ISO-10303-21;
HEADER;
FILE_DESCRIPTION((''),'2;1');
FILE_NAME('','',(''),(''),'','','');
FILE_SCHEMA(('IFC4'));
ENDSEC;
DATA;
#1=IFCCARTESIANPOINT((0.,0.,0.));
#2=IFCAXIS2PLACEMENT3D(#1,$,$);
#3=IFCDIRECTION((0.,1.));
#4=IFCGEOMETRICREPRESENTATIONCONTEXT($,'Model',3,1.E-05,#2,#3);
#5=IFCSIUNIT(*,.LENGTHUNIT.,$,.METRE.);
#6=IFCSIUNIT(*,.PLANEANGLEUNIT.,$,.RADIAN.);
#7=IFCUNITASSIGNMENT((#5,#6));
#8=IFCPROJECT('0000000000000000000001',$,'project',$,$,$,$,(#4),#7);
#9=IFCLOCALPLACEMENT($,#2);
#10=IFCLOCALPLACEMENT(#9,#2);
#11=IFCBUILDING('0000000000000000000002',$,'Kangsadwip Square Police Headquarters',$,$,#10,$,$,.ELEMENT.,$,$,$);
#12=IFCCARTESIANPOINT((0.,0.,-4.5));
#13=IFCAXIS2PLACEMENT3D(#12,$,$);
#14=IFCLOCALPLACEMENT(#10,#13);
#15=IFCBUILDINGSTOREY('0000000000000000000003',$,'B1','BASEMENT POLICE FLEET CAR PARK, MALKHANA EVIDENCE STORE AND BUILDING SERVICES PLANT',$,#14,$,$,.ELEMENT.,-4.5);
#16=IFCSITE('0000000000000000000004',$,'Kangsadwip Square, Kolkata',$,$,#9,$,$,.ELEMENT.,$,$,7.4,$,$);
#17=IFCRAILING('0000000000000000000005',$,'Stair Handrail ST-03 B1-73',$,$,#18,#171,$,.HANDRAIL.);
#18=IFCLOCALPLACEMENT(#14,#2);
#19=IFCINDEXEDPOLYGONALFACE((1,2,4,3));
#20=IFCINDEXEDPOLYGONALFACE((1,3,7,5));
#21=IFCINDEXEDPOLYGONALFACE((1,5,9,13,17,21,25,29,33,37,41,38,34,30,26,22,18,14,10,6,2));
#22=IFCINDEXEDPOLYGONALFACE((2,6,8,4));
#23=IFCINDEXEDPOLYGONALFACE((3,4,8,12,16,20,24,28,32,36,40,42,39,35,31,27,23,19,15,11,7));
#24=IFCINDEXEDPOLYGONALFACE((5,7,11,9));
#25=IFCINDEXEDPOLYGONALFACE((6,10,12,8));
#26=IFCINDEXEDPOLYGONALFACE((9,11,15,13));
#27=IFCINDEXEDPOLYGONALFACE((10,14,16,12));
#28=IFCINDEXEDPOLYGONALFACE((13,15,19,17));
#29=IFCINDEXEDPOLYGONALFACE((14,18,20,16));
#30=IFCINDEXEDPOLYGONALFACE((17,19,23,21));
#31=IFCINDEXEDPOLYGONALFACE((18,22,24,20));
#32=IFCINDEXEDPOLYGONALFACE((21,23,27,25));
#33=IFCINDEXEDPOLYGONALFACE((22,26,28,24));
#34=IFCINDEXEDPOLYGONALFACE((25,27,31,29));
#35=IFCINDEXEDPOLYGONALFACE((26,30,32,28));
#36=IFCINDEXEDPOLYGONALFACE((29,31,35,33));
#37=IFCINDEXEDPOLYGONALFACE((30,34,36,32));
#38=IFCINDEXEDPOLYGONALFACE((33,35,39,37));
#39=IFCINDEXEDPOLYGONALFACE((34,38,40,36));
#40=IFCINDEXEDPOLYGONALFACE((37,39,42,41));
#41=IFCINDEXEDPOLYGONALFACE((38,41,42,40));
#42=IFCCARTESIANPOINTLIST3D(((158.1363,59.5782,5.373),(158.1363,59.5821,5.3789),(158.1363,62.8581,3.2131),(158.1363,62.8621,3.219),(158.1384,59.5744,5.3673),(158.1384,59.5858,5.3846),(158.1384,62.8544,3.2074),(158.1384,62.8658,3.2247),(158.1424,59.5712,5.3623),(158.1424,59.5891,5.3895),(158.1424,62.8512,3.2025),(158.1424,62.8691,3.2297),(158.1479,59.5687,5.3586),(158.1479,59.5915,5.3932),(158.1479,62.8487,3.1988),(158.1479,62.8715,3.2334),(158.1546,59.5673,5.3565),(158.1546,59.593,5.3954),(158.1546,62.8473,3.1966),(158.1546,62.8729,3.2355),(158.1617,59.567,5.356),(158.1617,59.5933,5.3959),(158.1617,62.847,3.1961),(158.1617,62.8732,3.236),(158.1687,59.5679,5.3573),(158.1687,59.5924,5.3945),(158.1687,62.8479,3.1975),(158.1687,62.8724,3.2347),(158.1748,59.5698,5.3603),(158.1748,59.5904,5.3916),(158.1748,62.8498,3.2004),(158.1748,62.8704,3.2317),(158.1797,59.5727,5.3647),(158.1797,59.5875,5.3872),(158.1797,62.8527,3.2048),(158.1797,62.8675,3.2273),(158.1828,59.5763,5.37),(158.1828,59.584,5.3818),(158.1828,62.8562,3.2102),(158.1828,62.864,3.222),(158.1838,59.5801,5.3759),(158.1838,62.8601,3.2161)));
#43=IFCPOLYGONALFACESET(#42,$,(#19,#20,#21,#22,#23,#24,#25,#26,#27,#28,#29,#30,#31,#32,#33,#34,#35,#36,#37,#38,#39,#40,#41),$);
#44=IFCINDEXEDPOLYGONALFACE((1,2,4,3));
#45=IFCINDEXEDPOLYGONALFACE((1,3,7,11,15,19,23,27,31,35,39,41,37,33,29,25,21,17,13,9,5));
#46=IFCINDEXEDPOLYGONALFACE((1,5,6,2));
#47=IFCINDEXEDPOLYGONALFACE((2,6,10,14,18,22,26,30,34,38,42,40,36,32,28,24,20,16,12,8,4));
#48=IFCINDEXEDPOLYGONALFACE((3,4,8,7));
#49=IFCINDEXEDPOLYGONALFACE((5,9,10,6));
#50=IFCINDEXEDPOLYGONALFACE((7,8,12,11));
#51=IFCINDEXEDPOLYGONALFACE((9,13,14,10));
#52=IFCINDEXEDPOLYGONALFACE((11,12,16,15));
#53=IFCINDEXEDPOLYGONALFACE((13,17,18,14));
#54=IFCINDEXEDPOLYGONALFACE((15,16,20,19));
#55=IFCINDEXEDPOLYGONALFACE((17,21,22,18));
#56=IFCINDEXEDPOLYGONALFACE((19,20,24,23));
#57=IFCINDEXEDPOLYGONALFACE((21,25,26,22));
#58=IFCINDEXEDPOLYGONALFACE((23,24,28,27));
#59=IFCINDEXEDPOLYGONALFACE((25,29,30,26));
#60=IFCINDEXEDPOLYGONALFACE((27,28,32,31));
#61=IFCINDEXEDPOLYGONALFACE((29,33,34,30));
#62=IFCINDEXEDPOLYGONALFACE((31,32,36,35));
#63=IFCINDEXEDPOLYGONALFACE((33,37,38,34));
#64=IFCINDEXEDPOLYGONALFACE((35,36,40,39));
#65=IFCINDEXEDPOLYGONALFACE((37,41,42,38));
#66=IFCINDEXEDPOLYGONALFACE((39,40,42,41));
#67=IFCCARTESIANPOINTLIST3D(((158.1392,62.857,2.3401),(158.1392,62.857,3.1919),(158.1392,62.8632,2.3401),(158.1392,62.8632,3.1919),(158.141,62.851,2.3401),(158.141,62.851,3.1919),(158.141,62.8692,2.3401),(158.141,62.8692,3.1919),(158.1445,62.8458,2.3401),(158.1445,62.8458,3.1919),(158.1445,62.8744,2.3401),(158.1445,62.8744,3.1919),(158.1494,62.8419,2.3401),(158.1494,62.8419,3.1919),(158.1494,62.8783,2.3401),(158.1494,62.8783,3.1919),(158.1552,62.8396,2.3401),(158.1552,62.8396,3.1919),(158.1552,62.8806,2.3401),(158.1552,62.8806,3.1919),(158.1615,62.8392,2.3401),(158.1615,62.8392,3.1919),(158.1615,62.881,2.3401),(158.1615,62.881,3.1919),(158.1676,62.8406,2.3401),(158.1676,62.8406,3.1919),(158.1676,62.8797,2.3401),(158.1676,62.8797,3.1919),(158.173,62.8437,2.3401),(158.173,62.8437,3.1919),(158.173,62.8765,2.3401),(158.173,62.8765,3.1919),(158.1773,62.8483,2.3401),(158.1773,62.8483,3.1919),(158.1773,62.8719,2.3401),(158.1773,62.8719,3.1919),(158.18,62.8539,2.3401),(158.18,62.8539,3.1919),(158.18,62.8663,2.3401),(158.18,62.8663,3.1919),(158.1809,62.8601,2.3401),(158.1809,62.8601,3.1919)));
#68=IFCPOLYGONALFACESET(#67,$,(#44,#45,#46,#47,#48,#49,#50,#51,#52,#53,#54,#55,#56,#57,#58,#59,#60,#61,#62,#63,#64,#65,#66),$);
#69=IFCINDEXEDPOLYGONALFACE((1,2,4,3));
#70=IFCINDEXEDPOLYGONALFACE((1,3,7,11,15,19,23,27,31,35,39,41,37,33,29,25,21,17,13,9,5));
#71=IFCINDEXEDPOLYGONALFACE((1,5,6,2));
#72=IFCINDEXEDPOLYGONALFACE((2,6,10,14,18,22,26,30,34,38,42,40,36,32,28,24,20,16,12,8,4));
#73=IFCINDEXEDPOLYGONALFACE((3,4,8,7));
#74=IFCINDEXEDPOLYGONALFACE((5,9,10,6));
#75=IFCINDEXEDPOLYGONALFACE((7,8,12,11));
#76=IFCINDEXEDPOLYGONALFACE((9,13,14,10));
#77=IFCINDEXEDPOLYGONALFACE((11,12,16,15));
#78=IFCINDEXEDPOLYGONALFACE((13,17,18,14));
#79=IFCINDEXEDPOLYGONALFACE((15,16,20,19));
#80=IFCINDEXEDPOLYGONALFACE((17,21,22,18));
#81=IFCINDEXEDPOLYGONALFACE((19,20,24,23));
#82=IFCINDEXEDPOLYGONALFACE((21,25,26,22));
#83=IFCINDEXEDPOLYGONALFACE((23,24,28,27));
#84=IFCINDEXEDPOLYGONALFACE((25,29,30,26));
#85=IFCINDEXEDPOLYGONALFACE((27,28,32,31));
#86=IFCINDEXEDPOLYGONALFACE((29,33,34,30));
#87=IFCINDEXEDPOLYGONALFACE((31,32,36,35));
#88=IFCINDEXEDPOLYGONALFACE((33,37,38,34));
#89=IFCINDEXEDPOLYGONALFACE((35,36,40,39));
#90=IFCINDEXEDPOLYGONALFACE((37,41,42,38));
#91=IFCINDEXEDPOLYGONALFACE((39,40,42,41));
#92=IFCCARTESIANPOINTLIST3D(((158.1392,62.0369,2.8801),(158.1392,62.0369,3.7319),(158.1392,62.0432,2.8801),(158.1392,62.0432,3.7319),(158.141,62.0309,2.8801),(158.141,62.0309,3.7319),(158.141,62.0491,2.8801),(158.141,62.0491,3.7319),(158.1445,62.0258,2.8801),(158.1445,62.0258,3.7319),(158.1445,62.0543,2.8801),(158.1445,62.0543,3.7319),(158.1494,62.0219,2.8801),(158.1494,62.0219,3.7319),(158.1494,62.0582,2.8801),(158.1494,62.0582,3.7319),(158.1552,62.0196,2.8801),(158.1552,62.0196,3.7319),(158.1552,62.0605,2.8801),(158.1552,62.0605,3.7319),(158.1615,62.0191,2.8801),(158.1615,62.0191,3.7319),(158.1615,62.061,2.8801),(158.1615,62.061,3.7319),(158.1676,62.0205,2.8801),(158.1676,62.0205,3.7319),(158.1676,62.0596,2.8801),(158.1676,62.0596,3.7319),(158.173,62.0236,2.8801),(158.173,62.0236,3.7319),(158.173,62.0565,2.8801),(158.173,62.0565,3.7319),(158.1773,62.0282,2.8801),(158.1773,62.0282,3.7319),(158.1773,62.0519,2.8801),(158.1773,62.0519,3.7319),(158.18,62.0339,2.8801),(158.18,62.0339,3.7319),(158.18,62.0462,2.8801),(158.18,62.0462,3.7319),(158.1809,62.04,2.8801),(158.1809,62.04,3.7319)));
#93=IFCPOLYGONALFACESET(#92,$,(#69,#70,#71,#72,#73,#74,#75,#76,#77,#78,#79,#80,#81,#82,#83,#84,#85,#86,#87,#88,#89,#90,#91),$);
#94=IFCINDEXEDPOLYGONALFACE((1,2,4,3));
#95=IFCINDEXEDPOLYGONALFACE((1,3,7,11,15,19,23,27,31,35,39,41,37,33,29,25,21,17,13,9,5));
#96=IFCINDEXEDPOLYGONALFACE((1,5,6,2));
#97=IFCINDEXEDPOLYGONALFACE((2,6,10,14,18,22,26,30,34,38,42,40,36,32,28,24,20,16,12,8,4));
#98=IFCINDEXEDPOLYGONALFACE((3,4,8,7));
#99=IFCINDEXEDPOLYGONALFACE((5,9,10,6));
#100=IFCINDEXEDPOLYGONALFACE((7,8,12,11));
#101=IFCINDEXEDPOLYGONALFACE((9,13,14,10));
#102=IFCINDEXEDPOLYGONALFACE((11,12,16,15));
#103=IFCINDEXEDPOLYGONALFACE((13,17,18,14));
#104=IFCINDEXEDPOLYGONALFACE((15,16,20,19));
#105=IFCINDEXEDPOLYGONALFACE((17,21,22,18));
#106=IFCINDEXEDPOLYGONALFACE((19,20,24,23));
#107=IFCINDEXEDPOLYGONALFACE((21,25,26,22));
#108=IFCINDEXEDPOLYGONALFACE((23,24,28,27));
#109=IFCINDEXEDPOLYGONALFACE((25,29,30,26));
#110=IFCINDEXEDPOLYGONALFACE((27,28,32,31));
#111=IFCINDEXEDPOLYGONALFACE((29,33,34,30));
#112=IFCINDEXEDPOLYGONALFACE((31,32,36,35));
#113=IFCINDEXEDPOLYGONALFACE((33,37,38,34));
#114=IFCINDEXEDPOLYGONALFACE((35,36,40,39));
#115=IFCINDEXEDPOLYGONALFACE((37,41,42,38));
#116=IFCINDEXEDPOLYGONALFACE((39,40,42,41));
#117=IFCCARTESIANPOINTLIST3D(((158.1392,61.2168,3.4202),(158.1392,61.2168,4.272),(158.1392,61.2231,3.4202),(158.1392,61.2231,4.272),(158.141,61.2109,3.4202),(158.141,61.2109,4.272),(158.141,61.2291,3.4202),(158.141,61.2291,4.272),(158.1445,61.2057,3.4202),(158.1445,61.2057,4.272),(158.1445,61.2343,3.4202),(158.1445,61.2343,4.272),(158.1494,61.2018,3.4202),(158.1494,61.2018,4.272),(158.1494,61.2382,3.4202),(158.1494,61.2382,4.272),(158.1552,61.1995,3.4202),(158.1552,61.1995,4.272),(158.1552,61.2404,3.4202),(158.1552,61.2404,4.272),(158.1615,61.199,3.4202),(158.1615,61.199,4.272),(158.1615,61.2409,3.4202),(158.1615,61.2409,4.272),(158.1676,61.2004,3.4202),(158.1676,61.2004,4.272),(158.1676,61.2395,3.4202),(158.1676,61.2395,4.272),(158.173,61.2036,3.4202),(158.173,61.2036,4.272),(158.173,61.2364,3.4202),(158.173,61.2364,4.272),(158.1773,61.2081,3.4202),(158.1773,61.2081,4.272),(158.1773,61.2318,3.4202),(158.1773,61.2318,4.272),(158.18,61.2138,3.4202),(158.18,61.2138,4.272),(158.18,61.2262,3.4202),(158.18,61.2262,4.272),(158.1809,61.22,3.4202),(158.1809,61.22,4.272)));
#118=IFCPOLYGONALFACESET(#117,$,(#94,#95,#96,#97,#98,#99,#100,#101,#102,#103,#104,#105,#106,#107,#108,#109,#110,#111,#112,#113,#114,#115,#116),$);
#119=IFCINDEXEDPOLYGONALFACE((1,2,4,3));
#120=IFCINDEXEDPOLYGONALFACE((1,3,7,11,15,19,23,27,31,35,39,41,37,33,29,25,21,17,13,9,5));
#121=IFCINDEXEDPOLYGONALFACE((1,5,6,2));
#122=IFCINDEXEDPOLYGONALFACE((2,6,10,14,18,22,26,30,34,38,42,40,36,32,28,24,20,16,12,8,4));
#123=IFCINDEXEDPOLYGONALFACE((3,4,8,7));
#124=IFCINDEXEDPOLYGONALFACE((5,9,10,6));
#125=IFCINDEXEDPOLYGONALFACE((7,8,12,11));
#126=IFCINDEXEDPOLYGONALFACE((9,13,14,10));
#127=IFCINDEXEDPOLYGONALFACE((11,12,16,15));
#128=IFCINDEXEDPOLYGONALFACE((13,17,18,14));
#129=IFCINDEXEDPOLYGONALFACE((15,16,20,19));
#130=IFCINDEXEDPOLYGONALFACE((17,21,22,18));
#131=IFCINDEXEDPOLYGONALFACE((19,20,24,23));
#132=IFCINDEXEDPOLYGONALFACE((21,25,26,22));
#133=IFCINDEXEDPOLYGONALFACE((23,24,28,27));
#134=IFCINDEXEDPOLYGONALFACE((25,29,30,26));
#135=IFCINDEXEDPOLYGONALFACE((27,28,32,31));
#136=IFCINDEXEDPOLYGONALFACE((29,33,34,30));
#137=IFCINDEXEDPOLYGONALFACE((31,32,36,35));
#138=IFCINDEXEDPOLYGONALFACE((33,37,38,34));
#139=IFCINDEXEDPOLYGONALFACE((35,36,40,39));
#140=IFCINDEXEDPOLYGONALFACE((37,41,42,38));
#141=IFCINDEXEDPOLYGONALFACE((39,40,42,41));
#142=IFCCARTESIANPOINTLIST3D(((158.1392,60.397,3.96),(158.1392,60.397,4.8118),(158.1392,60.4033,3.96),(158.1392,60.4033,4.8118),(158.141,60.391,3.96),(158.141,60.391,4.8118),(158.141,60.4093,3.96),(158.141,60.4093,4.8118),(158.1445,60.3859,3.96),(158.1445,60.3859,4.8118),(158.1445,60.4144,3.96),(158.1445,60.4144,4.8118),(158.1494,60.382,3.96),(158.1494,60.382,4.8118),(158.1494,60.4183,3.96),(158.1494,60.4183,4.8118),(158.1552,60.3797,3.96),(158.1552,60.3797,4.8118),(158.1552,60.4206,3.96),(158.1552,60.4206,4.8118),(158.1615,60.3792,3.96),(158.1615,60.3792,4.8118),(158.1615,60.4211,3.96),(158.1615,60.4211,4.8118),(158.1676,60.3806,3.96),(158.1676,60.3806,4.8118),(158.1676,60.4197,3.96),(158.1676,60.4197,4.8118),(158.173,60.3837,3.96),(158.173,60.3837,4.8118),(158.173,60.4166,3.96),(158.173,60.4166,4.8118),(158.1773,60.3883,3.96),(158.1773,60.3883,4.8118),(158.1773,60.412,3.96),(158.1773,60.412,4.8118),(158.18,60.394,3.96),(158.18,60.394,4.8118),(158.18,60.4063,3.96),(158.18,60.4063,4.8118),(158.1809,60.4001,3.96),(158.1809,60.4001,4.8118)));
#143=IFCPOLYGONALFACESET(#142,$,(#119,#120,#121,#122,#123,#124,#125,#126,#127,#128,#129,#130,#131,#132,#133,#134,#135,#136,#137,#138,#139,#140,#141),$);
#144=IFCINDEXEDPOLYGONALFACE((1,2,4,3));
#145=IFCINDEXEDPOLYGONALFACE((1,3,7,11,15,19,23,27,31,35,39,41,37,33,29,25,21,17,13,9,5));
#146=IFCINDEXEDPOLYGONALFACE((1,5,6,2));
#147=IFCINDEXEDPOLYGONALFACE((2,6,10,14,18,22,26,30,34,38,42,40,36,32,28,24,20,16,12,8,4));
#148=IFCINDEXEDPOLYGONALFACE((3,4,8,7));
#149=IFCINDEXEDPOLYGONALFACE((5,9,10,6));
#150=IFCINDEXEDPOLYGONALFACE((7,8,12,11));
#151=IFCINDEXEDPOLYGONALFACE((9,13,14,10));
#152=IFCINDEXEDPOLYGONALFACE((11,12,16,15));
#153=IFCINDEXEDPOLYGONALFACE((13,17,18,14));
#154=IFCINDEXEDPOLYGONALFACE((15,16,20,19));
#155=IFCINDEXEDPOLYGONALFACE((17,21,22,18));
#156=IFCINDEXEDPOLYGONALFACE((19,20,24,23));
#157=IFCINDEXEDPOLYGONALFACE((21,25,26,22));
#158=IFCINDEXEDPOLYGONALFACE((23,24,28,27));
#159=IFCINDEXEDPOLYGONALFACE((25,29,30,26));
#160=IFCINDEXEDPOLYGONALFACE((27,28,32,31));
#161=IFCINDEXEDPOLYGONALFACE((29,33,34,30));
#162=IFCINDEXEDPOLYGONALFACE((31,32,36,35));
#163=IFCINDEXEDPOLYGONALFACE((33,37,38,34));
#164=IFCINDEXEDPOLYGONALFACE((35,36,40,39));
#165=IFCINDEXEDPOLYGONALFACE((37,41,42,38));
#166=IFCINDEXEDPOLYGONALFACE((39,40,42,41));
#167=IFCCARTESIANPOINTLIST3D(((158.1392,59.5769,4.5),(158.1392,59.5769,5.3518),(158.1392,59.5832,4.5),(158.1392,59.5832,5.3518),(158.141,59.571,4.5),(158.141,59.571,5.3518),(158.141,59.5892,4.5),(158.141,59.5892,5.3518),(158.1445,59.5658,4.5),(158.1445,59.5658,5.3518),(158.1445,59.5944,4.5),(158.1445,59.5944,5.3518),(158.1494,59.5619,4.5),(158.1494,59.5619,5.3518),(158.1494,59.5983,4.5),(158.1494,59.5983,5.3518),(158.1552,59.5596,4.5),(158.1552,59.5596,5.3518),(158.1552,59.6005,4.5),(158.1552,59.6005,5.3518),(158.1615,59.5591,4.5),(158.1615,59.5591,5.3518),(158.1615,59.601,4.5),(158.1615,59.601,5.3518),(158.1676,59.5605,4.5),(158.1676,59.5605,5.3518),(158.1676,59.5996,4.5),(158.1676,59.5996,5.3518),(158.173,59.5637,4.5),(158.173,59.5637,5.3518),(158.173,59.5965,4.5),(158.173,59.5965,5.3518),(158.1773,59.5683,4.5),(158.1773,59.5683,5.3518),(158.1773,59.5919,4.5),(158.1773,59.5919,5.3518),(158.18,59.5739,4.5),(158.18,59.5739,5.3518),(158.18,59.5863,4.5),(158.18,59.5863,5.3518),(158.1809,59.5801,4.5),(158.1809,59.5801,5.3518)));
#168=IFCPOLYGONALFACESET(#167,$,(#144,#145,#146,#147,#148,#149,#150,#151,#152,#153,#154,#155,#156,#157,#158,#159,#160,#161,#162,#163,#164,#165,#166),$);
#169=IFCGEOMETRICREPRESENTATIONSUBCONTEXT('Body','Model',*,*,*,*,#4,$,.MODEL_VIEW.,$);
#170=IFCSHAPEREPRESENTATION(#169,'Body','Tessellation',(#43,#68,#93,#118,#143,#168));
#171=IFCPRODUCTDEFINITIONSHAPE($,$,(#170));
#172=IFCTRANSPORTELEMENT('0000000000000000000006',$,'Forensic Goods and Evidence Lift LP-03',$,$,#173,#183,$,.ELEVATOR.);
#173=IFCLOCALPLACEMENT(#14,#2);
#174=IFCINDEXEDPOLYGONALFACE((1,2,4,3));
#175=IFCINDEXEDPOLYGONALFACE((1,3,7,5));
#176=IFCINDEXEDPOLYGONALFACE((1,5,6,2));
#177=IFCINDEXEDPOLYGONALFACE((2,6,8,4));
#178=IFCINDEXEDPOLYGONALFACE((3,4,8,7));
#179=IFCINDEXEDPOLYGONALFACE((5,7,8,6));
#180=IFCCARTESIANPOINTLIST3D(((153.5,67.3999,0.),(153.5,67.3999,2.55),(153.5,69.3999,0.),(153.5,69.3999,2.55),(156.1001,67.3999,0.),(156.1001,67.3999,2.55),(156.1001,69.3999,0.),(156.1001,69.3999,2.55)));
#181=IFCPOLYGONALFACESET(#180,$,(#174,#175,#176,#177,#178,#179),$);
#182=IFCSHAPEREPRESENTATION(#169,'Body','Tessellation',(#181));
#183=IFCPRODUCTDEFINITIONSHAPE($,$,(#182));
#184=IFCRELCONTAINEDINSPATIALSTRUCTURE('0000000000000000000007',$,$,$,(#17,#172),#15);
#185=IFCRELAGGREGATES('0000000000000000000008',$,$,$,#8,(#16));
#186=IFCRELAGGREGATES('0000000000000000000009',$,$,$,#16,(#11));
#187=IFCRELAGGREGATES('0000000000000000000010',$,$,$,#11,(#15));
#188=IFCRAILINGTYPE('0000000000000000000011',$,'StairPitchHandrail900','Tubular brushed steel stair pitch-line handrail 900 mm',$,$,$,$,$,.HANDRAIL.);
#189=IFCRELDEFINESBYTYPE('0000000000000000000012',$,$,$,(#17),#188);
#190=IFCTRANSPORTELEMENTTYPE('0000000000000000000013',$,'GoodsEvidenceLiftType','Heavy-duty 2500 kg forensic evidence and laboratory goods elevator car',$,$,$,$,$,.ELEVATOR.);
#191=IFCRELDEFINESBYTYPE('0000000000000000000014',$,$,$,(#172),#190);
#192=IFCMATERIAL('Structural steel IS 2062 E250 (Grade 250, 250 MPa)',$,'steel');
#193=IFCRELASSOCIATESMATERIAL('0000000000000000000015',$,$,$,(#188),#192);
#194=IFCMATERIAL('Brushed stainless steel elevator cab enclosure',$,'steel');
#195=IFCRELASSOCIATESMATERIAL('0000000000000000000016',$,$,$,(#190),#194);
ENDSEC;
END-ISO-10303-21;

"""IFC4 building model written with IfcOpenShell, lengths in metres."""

from ifc_helpers import new_model, si_unit, direction, frame, origin, origin_2d, place, context, subcontext, project, spatial, rectangle, circle, extrude, material, type_object, element, save


model = new_model("IFC4")

# Units and contexts
model_context = context("Model", 3, precision=1e-05, world=origin(), true_north=direction((0.0, 1.0)))
body_context = subcontext(model_context, "Body", "Model", "MODEL_VIEW")
ifc_project = project(units=[si_unit("LENGTHUNIT", "METRE"), si_unit("PLANEANGLEUNIT", "RADIAN")], contexts=[model_context])

# Site, building, storey
site_placement = place(None, origin())
site = spatial("IfcSite", under=ifc_project, at=site_placement, Name="Kangsadwip Square, Kolkata", CompositionType="ELEMENT", RefElevation=7.4)
building_placement = place(site_placement, origin())
building = spatial("IfcBuilding", under=site, at=building_placement, Name="Kangsadwip Square Police Headquarters", CompositionType="ELEMENT")
storey_placement = place(building_placement, frame((0.0, 0.0, -4.5)))
storey = spatial("IfcBuildingStorey", under=building, at=storey_placement, Name="B1", Description="BASEMENT POLICE FLEET CAR PARK, MALKHANA EVIDENCE STORE AND BUILDING SERVICES PLANT", CompositionType="ELEMENT", Elevation=-4.5)

# Railing
ifc_material_1 = material(Name="Structural steel IS 2062 E250 (Grade 250, 250 MPa)", Category="steel")
railing_type = type_object("IfcRailingType", Name="StairPitchHandrail900", Description="Tubular brushed steel stair pitch-line handrail 900 mm", PredefinedType="HANDRAIL", material=ifc_material_1)
railing_placement = place(storey_placement, frame((158.1599, 62.8601, 2.3401)))
element("IfcRailing", 1, at=railing_placement, inside=storey, type_object=railing_type, Name="Stair Handrail ST-03 B1-73", PredefinedType="HANDRAIL", context=body_context, shape_type="SweptSolid", body=[
    extrude(circle(Radius=0.0239, at=origin_2d()), frame((0.0, 0.0, 0.876), z_axis=(0.0, -0.835183, 0.549972), x_axis=(1.0, 0.0, 0.0)), (0.0, 0.0, 1.0), 3.9272),
    extrude(circle(Radius=0.021, at=origin_2d()), origin(), (0.0, 0.0, 1.0), 0.8518),
    extrude(circle(Radius=0.021, at=origin_2d()), frame((0.0, -0.8201, 0.54)), (0.0, 0.0, 1.0), 0.8518),
    extrude(circle(Radius=0.021, at=origin_2d()), frame((0.0, -1.6401, 1.0801)), (0.0, 0.0, 1.0), 0.8518),
    extrude(circle(Radius=0.021, at=origin_2d()), frame((0.0, -2.46, 1.6199)), (0.0, 0.0, 1.0), 0.8518),
    extrude(circle(Radius=0.021, at=origin_2d()), frame((0.0, -3.28, 2.1599)), (0.0, 0.0, 1.0), 0.8518),
])

# Transport element
ifc_material_2 = material(Name="Brushed stainless steel elevator cab enclosure", Category="steel")
transport_element_type = type_object("IfcTransportElementType", Name="GoodsEvidenceLiftType", Description="Heavy-duty 2500 kg forensic evidence and laboratory goods elevator car", PredefinedType="ELEVATOR", material=ifc_material_2)
transport_element_placement = place(storey_placement, frame((154.8, 68.3999, 0.0), z_axis=(0.0, 0.0, 1.0), x_axis=(1.0, 0.0, 0.0)))
element("IfcTransportElement", 2, at=transport_element_placement, inside=storey, type_object=transport_element_type, Name="Forensic Goods and Evidence Lift LP-03", PredefinedType="ELEVATOR", context=body_context, shape_type="SweptSolid", body=[
    extrude(rectangle(XDim=2.6001, YDim=2.0, at=origin_2d()), origin(), (0.0, 0.0, 1.0), 2.55),
])

save(model, "model.ifc")
